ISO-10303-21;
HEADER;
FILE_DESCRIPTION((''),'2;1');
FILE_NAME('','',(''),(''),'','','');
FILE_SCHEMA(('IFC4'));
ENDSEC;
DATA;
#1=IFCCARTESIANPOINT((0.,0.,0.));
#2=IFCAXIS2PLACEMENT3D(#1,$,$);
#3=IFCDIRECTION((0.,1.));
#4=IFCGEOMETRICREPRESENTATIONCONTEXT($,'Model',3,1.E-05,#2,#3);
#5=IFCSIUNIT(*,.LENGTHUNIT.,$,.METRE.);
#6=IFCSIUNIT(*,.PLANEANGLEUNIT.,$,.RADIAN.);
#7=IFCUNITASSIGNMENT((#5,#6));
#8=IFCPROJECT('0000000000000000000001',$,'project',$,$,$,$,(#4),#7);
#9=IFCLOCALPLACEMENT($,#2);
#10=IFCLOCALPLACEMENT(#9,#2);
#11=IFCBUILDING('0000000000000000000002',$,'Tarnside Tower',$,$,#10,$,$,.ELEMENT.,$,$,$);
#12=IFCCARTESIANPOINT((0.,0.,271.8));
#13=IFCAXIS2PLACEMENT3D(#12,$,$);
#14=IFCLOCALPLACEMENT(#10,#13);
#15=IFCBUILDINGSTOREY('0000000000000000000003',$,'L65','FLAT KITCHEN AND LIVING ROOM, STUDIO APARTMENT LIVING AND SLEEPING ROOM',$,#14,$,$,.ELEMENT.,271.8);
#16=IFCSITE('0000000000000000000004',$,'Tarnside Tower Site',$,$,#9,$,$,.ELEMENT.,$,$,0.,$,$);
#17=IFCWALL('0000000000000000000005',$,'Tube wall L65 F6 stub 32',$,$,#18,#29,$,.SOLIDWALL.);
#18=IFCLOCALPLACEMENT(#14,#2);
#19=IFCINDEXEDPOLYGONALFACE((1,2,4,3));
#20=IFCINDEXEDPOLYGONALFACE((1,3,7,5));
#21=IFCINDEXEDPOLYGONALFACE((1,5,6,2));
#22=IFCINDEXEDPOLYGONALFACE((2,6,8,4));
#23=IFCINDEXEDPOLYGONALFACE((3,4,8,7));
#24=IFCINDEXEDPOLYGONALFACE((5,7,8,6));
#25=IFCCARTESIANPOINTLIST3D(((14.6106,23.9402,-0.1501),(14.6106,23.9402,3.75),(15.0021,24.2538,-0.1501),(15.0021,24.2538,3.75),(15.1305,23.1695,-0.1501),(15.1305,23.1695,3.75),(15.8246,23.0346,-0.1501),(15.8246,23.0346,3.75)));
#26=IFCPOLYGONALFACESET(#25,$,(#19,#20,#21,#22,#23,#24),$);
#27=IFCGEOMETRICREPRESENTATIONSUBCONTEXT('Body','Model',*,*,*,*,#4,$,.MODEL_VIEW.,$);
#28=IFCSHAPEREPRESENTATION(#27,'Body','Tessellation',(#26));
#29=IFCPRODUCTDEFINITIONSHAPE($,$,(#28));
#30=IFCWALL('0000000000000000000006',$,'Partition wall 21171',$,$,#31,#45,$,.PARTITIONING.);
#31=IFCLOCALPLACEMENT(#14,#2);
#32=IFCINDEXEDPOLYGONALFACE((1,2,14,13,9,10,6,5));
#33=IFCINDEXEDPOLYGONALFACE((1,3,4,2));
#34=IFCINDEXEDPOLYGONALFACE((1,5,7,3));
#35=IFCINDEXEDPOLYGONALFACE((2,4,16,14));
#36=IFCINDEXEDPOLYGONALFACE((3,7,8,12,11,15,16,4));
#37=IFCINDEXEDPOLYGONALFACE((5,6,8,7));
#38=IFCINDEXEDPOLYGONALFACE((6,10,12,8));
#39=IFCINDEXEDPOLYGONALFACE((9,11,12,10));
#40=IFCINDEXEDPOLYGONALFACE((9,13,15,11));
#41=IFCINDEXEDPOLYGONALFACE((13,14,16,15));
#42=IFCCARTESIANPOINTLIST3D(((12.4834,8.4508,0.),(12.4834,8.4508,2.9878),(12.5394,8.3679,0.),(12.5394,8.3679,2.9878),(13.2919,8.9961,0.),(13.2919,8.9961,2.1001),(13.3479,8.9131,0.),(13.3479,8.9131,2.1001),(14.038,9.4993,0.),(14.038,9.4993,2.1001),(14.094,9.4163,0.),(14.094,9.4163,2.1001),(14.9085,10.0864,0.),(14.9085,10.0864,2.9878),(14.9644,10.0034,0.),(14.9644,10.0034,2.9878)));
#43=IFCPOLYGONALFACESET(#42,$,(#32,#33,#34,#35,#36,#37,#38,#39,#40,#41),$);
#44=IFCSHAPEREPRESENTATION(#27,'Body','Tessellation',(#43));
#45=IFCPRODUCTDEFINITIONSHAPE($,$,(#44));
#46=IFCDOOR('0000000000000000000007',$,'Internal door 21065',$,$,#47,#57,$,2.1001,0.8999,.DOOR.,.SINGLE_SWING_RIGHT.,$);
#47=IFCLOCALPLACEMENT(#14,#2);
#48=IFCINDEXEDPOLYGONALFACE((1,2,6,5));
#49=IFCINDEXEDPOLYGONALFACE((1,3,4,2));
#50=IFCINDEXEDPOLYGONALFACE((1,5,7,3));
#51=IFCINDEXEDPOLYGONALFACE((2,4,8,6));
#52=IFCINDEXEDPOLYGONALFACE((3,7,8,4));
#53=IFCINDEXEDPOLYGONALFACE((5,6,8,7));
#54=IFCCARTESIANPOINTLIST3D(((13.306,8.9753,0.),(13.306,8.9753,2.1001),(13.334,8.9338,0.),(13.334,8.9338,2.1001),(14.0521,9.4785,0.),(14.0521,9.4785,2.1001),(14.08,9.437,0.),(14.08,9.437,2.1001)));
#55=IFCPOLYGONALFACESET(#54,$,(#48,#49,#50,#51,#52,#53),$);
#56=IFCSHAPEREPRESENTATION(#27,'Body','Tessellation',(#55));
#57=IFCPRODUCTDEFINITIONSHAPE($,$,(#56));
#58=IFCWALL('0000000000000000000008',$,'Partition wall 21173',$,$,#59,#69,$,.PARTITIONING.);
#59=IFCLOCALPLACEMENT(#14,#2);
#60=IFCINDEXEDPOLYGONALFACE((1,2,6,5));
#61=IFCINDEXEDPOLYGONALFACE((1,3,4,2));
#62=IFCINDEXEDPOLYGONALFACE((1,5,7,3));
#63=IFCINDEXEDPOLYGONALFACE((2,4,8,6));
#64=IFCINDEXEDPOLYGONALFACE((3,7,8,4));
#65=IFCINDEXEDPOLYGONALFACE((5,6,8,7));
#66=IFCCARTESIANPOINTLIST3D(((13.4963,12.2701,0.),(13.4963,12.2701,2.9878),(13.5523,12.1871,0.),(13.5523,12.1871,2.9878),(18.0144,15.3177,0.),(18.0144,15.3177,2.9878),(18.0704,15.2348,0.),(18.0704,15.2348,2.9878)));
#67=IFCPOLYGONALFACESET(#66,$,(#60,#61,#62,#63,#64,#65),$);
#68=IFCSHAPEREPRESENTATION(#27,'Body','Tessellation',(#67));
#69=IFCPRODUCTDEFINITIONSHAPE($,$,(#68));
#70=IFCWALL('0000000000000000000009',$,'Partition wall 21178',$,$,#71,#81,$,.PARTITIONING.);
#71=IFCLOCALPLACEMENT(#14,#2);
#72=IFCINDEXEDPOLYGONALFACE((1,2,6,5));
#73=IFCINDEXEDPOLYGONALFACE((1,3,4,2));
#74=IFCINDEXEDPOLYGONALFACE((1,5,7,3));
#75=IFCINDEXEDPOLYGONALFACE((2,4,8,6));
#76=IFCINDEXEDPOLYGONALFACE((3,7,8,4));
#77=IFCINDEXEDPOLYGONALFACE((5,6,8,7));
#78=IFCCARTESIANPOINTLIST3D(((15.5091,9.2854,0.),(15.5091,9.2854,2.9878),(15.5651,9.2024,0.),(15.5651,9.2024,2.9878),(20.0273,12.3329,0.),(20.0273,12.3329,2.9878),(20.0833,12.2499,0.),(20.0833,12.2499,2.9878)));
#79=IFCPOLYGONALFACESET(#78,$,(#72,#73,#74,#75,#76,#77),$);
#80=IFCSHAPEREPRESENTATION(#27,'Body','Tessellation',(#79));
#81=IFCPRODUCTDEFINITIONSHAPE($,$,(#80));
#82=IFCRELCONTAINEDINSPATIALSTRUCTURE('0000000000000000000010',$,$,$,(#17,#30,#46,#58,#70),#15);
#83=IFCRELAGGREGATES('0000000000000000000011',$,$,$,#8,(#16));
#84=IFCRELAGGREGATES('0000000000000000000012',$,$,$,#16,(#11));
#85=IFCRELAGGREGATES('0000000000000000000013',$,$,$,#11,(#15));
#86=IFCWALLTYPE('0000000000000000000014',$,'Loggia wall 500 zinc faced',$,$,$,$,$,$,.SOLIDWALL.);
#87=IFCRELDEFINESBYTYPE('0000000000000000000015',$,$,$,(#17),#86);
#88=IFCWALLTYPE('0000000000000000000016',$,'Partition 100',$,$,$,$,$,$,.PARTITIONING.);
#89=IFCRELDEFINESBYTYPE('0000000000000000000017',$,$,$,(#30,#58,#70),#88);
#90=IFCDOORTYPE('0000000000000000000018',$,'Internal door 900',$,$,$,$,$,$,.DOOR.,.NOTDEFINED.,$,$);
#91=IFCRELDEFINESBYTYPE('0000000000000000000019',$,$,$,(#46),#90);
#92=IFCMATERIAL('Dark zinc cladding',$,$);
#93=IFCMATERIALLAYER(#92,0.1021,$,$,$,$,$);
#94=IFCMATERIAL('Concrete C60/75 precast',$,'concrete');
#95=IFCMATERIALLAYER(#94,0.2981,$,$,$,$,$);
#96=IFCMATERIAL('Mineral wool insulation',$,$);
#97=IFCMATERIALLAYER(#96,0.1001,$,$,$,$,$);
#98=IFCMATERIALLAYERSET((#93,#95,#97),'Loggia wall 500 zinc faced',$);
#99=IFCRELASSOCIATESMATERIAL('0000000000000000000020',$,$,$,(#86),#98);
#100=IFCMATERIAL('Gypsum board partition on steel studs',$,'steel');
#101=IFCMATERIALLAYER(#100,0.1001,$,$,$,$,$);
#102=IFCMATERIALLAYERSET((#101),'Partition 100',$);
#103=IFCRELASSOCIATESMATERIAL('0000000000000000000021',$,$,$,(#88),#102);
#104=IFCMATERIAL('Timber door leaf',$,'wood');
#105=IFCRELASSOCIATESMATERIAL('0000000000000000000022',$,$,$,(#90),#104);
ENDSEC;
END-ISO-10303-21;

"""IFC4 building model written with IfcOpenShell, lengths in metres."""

from ifc_helpers import new_model, si_unit, direction, frame, frame_2d, origin, place, context, subcontext, project, spatial, polyline, rectangle, outline, extrude, material, layer, layer_set, type_object, element, fill, save


model = new_model("IFC4")

# Units and contexts
model_context = context("Model", 3, precision=1e-05, world=origin(), true_north=direction((0.0, 1.0)))
body_context = subcontext(model_context, "Body", "Model", "MODEL_VIEW")
ifc_project = project(units=[si_unit("LENGTHUNIT", "METRE"), si_unit("PLANEANGLEUNIT", "RADIAN")], contexts=[model_context])

# Site, building, storey
site_placement = place(None, origin())
site = spatial("IfcSite", under=ifc_project, at=site_placement, Name="Tarnside Tower Site", CompositionType="ELEMENT", RefElevation=0.0)
building_placement = place(site_placement, origin())
building = spatial("IfcBuilding", under=site, at=building_placement, Name="Tarnside Tower", CompositionType="ELEMENT")
storey_placement = place(building_placement, frame((0.0, 0.0, 271.8)))
storey = spatial("IfcBuildingStorey", under=building, at=storey_placement, Name="L65", Description="FLAT KITCHEN AND LIVING ROOM, STUDIO APARTMENT LIVING AND SLEEPING ROOM", CompositionType="ELEMENT", Elevation=271.8)

# Wall
ifc_material_1 = material(Name="Gypsum board partition on steel studs", Category="steel")
ifc_material_2 = material(Name="Dark zinc cladding")
ifc_layer_1 = layer(ifc_material_2, 0.1021)
ifc_material_3 = material(Name="Concrete C60/75 precast", Category="concrete")
ifc_layer_2 = layer(ifc_material_3, 0.2981)
ifc_material_4 = material(Name="Mineral wool insulation")
ifc_layer_3 = layer(ifc_material_4, 0.1001)
ifc_layer_set_1 = layer_set([ifc_layer_1, ifc_layer_2, ifc_layer_3], Name="Loggia wall 500 zinc faced")
wall_type_1 = type_object("IfcWallType", Name="Loggia wall 500 zinc faced", PredefinedType="SOLIDWALL", material=ifc_layer_set_1)
wall_1_placement = place(storey_placement, frame((15.4775, 23.1021, -0.1501), z_axis=(0.0, 0.0, 1.0), x_axis=(-0.559246, 0.829002, 0.0)))
element("IfcWall", 1, at=wall_1_placement, inside=storey, type_object=wall_type_1, Name="Tube wall L65 F6 stub 32", PredefinedType="SOLIDWALL", context=body_context, shape_type="SweptSolid", body=[
    extrude(outline(polyline([(-0.25, -0.25), (1.2207, -0.25), (1.1797, 0.25), (0.25, 0.25), (-0.25, -0.25)])), origin(), (0.0, 0.0, 1.0), 3.9001),
])

# Wall, opening, door
ifc_layer_4 = layer(ifc_material_1, 0.1001)
ifc_layer_set_2 = layer_set([ifc_layer_4], Name="Partition 100")
wall_type_2 = type_object("IfcWallType", Name="Partition 100", PredefinedType="PARTITIONING", material=ifc_layer_set_2)
wall_2_placement = place(storey_placement, frame((12.5115, 8.4094, 0.0), z_axis=(0.0, 0.0, 1.0), x_axis=(0.829072, 0.559142, 0.0)))
wall_2 = element("IfcWall", 2, at=wall_2_placement, inside=storey, type_object=wall_type_2, Name="Partition wall 21171", PredefinedType="PARTITIONING", context=body_context, shape_type="SweptSolid", body=[
    extrude(rectangle(XDim=2.925, YDim=0.1001, at=frame_2d((1.4624, 0.0))), origin(), (0.0, 0.0, 1.0), 2.9878),
])
opening_1_placement = place(wall_2_placement, frame((0.9751, 0.0, 0.0)))
opening_1 = element("IfcOpeningElement", 3, at=opening_1_placement, cuts=wall_2, PredefinedType="OPENING", context=body_context, shape_type="SweptSolid", body=[
    extrude(rectangle(XDim=0.8999, YDim=2.1001, at=frame_2d((0.45, 1.05))), frame((0.0, 0.0601, 0.0), z_axis=(0.0, -1.0, 0.0), x_axis=(1.0, 0.0, 0.0)), (0.0, 0.0, 1.0), 0.1201),
])
ifc_material_5 = material(Name="Timber door leaf", Category="wood")
door_type = type_object("IfcDoorType", Name="Internal door 900", OperationType="NOTDEFINED", PredefinedType="DOOR", material=ifc_material_5)
door_placement = place(opening_1_placement, origin())
door = element("IfcDoor", 4, at=door_placement, inside=storey, type_object=door_type, Name="Internal door 21065", OperationType="SINGLE_SWING_RIGHT", OverallHeight=2.1001, OverallWidth=0.8999, PredefinedType="DOOR", context=body_context, shape_type="SweptSolid", body=[
    extrude(rectangle(XDim=0.8999, YDim=2.1001, at=frame_2d((0.45, 1.05))), frame((0.0, 0.0249, 0.0), z_axis=(0.0, -1.0, 0.0), x_axis=(1.0, 0.0, 0.0)), (0.0, 0.0, 1.0), 0.05),
])
fill(opening_1, door)

# Walls
for number, where, z_axis, x_axis, name in (
    (5, (13.5242, 12.2285, 0.0), (0.0, 0.0, 1.0), (0.829026, 0.55921, 0.0), "Partition wall 21173"),
    (6, (20.0554, 12.2915, 0.0), (0.0, 0.0, 1.0), (-0.82904, -0.559189, 0.0), "Partition wall 21178"),
):
    element("IfcWall", number, at=place(storey_placement, frame(where, z_axis=z_axis, x_axis=x_axis)), inside=storey, type_object=wall_type_2, Name=name, PredefinedType="PARTITIONING", context=body_context, shape_type="SweptSolid", body=[
        extrude(rectangle(XDim=5.45, YDim=0.1001, at=frame_2d((2.7251, 0.0))), origin(), (0.0, 0.0, 1.0), 2.9878),
    ])

save(model, "model.ifc")
